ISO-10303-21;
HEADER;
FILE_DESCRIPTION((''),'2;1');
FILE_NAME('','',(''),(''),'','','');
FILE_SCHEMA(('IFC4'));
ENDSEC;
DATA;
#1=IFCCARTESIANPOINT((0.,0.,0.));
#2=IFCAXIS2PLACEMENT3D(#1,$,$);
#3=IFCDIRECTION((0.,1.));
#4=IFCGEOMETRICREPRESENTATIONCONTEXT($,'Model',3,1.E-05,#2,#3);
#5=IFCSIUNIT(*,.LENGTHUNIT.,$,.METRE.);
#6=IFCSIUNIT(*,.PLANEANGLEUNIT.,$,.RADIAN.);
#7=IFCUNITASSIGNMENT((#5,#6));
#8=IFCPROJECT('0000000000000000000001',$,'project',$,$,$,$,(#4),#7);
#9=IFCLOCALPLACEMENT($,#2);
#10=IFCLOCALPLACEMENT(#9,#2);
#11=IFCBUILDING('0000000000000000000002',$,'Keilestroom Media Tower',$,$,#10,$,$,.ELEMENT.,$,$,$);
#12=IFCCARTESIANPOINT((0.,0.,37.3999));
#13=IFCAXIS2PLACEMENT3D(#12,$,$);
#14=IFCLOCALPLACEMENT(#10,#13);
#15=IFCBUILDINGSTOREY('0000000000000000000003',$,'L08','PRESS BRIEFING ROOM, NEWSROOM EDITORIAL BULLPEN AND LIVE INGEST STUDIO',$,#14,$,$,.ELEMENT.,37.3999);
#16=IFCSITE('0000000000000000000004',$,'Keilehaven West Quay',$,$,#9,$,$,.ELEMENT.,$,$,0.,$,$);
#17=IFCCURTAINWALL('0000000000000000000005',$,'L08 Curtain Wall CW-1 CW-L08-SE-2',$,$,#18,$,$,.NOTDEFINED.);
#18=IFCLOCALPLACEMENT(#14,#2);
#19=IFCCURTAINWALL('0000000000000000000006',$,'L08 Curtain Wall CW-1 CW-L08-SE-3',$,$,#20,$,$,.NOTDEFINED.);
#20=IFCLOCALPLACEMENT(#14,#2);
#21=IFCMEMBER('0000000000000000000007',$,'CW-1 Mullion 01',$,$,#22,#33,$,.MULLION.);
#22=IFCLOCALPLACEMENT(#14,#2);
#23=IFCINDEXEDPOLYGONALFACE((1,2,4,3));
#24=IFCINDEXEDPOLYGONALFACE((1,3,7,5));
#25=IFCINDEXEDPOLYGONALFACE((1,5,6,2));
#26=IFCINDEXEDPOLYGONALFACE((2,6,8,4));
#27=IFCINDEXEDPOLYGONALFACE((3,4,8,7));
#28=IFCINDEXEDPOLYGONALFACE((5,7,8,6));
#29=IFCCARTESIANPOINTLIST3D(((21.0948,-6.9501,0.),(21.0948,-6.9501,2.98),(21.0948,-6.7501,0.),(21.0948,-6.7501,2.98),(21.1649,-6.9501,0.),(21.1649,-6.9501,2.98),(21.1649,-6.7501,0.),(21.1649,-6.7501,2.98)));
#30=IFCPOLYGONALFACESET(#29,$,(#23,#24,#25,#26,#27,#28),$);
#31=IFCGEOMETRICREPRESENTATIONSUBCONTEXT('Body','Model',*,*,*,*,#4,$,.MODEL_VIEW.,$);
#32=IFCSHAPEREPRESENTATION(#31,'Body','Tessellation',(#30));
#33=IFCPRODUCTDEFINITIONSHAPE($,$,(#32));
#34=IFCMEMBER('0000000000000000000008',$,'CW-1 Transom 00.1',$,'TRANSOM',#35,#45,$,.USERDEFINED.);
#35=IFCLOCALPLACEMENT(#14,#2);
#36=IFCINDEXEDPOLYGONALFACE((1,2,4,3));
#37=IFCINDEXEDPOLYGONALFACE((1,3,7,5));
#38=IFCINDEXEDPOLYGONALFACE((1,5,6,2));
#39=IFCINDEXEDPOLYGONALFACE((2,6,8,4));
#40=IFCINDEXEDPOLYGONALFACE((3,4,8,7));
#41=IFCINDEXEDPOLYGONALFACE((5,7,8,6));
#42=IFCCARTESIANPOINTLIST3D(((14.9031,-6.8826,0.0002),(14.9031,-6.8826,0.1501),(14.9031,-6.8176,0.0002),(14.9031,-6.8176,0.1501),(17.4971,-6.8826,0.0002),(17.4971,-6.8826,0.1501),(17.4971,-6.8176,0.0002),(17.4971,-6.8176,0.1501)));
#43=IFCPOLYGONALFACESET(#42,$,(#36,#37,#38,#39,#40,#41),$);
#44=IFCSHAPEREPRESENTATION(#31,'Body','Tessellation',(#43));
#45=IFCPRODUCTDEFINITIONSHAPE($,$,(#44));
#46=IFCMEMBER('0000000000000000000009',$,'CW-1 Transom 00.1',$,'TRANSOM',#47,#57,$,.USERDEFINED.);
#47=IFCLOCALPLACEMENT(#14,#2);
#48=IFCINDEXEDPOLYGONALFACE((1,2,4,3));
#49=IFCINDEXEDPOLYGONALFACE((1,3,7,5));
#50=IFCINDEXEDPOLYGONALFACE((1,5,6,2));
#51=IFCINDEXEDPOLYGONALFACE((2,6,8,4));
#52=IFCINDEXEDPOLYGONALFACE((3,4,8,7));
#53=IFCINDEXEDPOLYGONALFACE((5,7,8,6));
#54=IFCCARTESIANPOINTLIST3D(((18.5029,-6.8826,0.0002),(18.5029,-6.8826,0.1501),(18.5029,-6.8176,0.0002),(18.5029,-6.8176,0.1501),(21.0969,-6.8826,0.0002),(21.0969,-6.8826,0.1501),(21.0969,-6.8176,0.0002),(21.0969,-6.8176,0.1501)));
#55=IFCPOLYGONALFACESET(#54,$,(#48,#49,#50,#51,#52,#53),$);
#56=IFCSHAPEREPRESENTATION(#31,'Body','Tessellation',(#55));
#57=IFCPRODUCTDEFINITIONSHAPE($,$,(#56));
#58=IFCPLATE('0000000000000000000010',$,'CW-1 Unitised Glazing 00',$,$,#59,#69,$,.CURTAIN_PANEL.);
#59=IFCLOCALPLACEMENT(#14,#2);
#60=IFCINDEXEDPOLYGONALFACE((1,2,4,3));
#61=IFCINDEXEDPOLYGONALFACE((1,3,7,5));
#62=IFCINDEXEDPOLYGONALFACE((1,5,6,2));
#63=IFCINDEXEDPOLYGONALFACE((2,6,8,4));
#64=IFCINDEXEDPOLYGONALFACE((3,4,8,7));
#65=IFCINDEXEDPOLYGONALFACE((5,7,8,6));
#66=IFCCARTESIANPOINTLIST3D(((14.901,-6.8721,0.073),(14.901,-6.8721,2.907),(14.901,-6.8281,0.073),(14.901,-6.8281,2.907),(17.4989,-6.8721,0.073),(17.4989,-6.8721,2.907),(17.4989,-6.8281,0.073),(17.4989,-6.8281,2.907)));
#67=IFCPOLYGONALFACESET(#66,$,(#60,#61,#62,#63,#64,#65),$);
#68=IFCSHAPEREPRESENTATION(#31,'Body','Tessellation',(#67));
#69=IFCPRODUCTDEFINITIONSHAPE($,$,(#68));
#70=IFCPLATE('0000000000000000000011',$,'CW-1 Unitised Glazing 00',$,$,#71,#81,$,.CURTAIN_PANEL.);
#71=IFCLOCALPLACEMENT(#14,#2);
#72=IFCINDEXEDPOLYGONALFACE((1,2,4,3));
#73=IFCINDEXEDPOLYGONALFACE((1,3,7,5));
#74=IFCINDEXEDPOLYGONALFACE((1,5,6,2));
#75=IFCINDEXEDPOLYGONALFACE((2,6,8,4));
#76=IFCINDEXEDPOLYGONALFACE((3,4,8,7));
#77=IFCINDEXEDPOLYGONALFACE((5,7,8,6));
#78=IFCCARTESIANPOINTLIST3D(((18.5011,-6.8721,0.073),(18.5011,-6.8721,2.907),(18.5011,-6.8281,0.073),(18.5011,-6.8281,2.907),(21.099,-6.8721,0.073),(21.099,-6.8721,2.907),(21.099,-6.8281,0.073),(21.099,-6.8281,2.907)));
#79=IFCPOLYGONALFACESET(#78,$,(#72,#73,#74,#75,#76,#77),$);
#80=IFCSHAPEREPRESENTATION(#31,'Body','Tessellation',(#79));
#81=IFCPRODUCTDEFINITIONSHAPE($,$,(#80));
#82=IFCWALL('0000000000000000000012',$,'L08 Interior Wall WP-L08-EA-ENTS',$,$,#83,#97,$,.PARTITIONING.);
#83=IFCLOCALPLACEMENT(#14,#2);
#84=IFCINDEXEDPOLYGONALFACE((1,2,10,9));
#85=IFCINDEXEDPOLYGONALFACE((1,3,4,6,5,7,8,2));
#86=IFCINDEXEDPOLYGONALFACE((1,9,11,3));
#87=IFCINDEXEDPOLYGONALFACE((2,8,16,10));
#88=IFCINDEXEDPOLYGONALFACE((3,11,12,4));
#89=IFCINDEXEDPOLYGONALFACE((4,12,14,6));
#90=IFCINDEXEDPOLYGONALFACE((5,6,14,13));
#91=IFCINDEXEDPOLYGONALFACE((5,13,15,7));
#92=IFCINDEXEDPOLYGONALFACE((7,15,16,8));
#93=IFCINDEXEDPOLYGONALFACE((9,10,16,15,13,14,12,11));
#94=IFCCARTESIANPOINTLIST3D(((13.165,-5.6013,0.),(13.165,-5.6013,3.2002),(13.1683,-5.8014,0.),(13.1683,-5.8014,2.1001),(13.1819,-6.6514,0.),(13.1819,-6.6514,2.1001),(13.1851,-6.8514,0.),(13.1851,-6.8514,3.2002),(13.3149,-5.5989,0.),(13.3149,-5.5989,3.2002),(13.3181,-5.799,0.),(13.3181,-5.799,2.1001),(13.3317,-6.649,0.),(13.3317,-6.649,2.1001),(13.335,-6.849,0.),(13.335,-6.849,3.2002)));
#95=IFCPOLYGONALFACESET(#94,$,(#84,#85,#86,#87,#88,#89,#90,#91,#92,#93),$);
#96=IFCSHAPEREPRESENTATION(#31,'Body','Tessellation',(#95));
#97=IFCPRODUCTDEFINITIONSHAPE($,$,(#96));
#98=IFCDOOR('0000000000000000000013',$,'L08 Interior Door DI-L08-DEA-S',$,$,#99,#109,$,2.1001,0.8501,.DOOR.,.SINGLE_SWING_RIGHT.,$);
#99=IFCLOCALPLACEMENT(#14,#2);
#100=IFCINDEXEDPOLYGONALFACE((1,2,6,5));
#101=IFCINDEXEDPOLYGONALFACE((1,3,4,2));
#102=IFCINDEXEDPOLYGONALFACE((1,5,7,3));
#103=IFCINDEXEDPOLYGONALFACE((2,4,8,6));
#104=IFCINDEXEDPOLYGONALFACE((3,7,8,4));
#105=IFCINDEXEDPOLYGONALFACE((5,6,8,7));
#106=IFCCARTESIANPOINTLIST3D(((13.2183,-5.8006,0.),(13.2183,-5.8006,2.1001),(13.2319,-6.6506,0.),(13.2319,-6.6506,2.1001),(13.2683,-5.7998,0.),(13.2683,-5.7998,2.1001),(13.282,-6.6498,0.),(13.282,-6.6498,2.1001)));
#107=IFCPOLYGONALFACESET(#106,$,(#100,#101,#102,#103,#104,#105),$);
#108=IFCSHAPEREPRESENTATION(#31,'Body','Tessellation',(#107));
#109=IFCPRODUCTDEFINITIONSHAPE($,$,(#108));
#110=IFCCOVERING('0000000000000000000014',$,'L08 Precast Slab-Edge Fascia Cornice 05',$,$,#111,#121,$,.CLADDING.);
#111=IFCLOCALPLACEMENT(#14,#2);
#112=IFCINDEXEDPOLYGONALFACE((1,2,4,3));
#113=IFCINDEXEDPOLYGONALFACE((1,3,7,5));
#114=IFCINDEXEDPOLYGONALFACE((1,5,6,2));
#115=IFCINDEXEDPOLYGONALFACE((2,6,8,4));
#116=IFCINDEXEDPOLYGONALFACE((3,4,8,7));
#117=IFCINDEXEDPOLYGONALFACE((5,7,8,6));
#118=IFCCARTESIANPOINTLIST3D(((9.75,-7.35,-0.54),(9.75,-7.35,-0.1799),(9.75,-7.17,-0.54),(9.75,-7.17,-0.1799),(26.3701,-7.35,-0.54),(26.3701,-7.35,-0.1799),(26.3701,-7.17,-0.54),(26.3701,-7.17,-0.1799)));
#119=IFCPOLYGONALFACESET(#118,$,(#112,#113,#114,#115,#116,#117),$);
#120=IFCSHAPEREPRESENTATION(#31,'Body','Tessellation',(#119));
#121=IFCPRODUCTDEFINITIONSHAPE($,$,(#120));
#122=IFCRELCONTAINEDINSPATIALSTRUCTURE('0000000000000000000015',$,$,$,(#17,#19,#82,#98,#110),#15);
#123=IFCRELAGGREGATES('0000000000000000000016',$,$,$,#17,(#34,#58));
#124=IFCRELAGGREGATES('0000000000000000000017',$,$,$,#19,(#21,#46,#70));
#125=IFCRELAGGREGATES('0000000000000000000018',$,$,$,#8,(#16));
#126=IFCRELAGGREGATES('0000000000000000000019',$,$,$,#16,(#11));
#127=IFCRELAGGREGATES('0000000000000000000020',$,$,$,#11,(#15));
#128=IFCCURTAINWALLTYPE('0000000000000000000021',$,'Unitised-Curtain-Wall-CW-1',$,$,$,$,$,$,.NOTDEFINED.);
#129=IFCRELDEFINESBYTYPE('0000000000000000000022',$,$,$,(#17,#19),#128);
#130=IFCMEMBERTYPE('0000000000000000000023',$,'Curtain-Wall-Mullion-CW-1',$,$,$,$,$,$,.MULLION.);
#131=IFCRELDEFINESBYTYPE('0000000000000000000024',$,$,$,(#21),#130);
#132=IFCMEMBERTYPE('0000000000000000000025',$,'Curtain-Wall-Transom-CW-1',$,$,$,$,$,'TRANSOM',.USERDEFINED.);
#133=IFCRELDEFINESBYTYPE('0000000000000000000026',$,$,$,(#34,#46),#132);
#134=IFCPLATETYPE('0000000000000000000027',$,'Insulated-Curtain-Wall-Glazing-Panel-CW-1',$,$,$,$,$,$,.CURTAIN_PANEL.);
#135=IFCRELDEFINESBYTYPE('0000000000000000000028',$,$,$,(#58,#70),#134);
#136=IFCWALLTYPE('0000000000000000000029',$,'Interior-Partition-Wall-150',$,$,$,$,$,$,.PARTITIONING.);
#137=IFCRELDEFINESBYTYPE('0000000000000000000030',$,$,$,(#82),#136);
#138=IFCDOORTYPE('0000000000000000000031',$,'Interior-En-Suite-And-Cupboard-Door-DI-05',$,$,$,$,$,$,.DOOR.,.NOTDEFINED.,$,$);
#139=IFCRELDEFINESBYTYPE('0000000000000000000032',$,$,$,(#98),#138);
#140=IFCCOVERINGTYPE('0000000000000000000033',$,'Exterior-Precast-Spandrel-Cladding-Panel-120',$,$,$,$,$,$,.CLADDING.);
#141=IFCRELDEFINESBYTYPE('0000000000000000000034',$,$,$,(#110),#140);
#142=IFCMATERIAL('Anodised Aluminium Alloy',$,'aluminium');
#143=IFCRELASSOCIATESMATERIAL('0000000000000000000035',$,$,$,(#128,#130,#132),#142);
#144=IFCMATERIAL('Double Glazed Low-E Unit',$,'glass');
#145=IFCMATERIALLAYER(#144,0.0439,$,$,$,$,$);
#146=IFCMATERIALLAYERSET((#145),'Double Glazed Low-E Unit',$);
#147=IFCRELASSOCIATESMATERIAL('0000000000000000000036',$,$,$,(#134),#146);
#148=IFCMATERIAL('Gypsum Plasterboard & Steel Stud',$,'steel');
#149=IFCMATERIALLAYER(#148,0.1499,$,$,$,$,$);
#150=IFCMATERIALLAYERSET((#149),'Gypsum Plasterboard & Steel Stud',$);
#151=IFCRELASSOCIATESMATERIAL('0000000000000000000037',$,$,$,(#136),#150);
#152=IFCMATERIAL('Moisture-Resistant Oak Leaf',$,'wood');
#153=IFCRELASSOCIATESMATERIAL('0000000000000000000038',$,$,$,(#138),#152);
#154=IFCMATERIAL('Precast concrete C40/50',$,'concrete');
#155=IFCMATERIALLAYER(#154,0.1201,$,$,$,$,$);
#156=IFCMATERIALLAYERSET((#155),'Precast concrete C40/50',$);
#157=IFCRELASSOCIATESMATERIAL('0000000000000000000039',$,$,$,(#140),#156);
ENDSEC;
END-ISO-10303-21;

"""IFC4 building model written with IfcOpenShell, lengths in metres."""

from ifc_helpers import new_model, si_unit, direction, frame, frame_2d, origin, origin_2d, place, context, subcontext, project, spatial, rectangle, extrude, source, transform, mapped, material, layer, layer_set, material_profile, profile_set, type_object, element, fill, aggregate, save


model = new_model("IFC4")

# Units and contexts
model_context = context("Model", 3, precision=1e-05, world=origin(), true_north=direction((0.0, 1.0)))
body_context = subcontext(model_context, "Body", "Model", "MODEL_VIEW")
ifc_project = project(units=[si_unit("LENGTHUNIT", "METRE"), si_unit("PLANEANGLEUNIT", "RADIAN")], contexts=[model_context])

# Site, building, storey
site_placement = place(None, origin())
site = spatial("IfcSite", under=ifc_project, at=site_placement, Name="Keilehaven West Quay", CompositionType="ELEMENT", RefElevation=0.0)
building_placement = place(site_placement, origin())
building = spatial("IfcBuilding", under=site, at=building_placement, Name="Keilestroom Media Tower", CompositionType="ELEMENT")
storey_placement = place(building_placement, frame((0.0, 0.0, 37.3999)))
storey = spatial("IfcBuildingStorey", under=building, at=storey_placement, Name="L08", Description="PRESS BRIEFING ROOM, NEWSROOM EDITORIAL BULLPEN AND LIVE INGEST STUDIO", CompositionType="ELEMENT", Elevation=37.3999)

# Shared definitions
ifc_material_1 = material(Name="Precast concrete C40/50", Category="concrete")

# Shared definitions
ifc_material_2 = material(Name="Anodised Aluminium Alloy", Category="aluminium")
curtain_wall_type = type_object("IfcCurtainWallType", Name="Unitised-Curtain-Wall-CW-1", PredefinedType="NOTDEFINED", material=ifc_material_2)
ifc_material_profile_1 = material_profile(ifc_material_2, rectangle(XDim=0.0701, YDim=0.2, at=origin_2d()), Name="ALU MULLION 70x200")
ifc_profile_set_1 = profile_set([ifc_material_profile_1], Name="Anodised Aluminium Alloy")
member_type_1 = type_object("IfcMemberType", Name="Curtain-Wall-Mullion-CW-1", PredefinedType="MULLION", material=ifc_profile_set_1)
shared_shape_1 = source(origin(), body_context, "Body", "SweptSolid", [
    extrude(rectangle(XDim=0.0701, YDim=0.2, at=origin_2d()), origin(), (0.0, 0.0, 1.0), 2.98),
])

# Curtain walls, member
curtain_wall_1_placement = place(storey_placement, origin())
curtain_wall_1 = element("IfcCurtainWall", 1, at=curtain_wall_1_placement, inside=storey, type_object=curtain_wall_type, Name="L08 Curtain Wall CW-1 CW-L08-SE-2", PredefinedType="NOTDEFINED")
curtain_wall_2_placement = place(storey_placement, origin())
curtain_wall_2 = element("IfcCurtainWall", 2, at=curtain_wall_2_placement, inside=storey, type_object=curtain_wall_type, Name="L08 Curtain Wall CW-1 CW-L08-SE-3", PredefinedType="NOTDEFINED")
member_1_placement = place(storey_placement, frame((21.1299, -6.8501, 0.0), z_axis=(0.0, 0.0, 1.0), x_axis=(1.0, 0.0, 0.0)))
member_1 = element("IfcMember", 3, at=member_1_placement, type_object=member_type_1, Name="CW-1 Mullion 01", PredefinedType="MULLION", context=body_context, shape_type="MappedRepresentation", body=[
    mapped(shared_shape_1, transform((0.0, 0.0, 0.0), x_axis=(1.0, 0.0, 0.0), y_axis=(0.0, 1.0, 0.0), z_axis=(0.0, 0.0, 1.0), scale=1.0)),
])

# Members
ifc_material_profile_2 = material_profile(ifc_material_2, rectangle(XDim=0.0649, YDim=0.1499, at=origin_2d()), Name="ALU TRANSOM 65x150")
ifc_profile_set_2 = profile_set([ifc_material_profile_2], Name="Anodised Aluminium Alloy")
member_type_2 = type_object("IfcMemberType", Name="Curtain-Wall-Transom-CW-1", ElementType="TRANSOM", PredefinedType="USERDEFINED", material=ifc_profile_set_2)
shared_shape_2 = source(origin(), body_context, "Body", "SweptSolid", [
    extrude(rectangle(XDim=0.0649, YDim=0.1499, at=origin_2d()), origin(), (0.0, 0.0, 1.0), 2.594),
])
member_2_placement = place(storey_placement, frame((14.9031, -6.8501, 0.0752), z_axis=(1.0, 0.0, 0.0), x_axis=(0.0, 1.0, 0.0)))
member_2 = element("IfcMember", 4, at=member_2_placement, type_object=member_type_2, Name="CW-1 Transom 00.1", ObjectType="TRANSOM", PredefinedType="USERDEFINED", context=body_context, shape_type="MappedRepresentation", body=[
    mapped(shared_shape_2, transform((0.0, 0.0, 0.0), x_axis=(1.0, 0.0, 0.0), y_axis=(0.0, 1.0, 0.0), z_axis=(0.0, 0.0, 1.0), scale=1.0)),
])
member_3_placement = place(storey_placement, frame((18.5029, -6.8501, 0.0752), z_axis=(1.0, 0.0, 0.0), x_axis=(0.0, 1.0, 0.0)))
member_3 = element("IfcMember", 5, at=member_3_placement, type_object=member_type_2, Name="CW-1 Transom 00.1", ObjectType="TRANSOM", PredefinedType="USERDEFINED", context=body_context, shape_type="MappedRepresentation", body=[
    mapped(shared_shape_2, transform((0.0, 0.0, 0.0), x_axis=(1.0, 0.0, 0.0), y_axis=(0.0, 1.0, 0.0), z_axis=(0.0, 0.0, 1.0), scale=1.0)),
])

# Plates
ifc_material_3 = material(Name="Double Glazed Low-E Unit", Category="glass")
ifc_layer_1 = layer(ifc_material_3, 0.0439)
ifc_layer_set_1 = layer_set([ifc_layer_1], Name="Double Glazed Low-E Unit")
plate_type = type_object("IfcPlateType", Name="Insulated-Curtain-Wall-Glazing-Panel-CW-1", PredefinedType="CURTAIN_PANEL", material=ifc_layer_set_1)
shared_shape_3 = source(origin(), body_context, "Body", "SweptSolid", [
    extrude(rectangle(XDim=2.5979, YDim=0.0439, at=origin_2d()), origin(), (0.0, 0.0, 1.0), 2.834),
])
plate_1_placement = place(storey_placement, frame((16.2, -6.8501, 0.073), z_axis=(0.0, 0.0, 1.0), x_axis=(1.0, 0.0, 0.0)))
plate_1 = element("IfcPlate", 6, at=plate_1_placement, type_object=plate_type, Name="CW-1 Unitised Glazing 00", PredefinedType="CURTAIN_PANEL", context=body_context, shape_type="MappedRepresentation", body=[
    mapped(shared_shape_3, transform((0.0, 0.0, 0.0), x_axis=(1.0, 0.0, 0.0), y_axis=(0.0, 1.0, 0.0), z_axis=(0.0, 0.0, 1.0), scale=1.0)),
])
aggregate(curtain_wall_1, [member_2, plate_1])
plate_2_placement = place(storey_placement, frame((19.8, -6.8501, 0.073), z_axis=(0.0, 0.0, 1.0), x_axis=(1.0, 0.0, 0.0)))
plate_2 = element("IfcPlate", 7, at=plate_2_placement, type_object=plate_type, Name="CW-1 Unitised Glazing 00", PredefinedType="CURTAIN_PANEL", context=body_context, shape_type="MappedRepresentation", body=[
    mapped(shared_shape_3, transform((0.0, 0.0, 0.0), x_axis=(1.0, 0.0, 0.0), y_axis=(0.0, 1.0, 0.0), z_axis=(0.0, 0.0, 1.0), scale=1.0)),
])
aggregate(curtain_wall_2, [member_1, member_3, plate_2])

# Wall, opening, door
ifc_material_4 = material(Name="Gypsum Plasterboard & Steel Stud", Category="steel")
ifc_layer_2 = layer(ifc_material_4, 0.1499)
ifc_layer_set_2 = layer_set([ifc_layer_2], Name="Gypsum Plasterboard & Steel Stud")
wall_type = type_object("IfcWallType", Name="Interior-Partition-Wall-150", PredefinedType="PARTITIONING", material=ifc_layer_set_2)
wall_placement = place(storey_placement, frame((13.26, -6.8501, 0.0), z_axis=(0.0, 0.0, 1.0), x_axis=(-0.016014, 0.999872, 0.0)))
wall = element("IfcWall", 8, at=wall_placement, inside=storey, type_object=wall_type, Name="L08 Interior Wall WP-L08-EA-ENTS", PredefinedType="PARTITIONING", context=body_context, shape_type="SweptSolid", body=[
    extrude(rectangle(XDim=1.2502, YDim=0.1499, at=frame_2d((0.625, 0.0))), origin(), (0.0, 0.0, 1.0), 3.2002),
])
opening_placement = place(wall_placement, frame((0.2, 0.0, 0.0)))
opening = element("IfcOpeningElement", 9, at=opening_placement, cuts=wall, PredefinedType="OPENING", context=body_context, shape_type="SweptSolid", body=[
    extrude(rectangle(XDim=0.8501, YDim=2.1001, at=frame_2d((0.425, 1.05))), frame((0.0, 0.085, 0.0), z_axis=(0.0, -1.0, 0.0), x_axis=(1.0, 0.0, 0.0)), (0.0, 0.0, 1.0), 0.1699),
])
ifc_material_5 = material(Name="Moisture-Resistant Oak Leaf", Category="wood")
door_type = type_object("IfcDoorType", Name="Interior-En-Suite-And-Cupboard-Door-DI-05", OperationType="NOTDEFINED", PredefinedType="DOOR", material=ifc_material_5)
shared_shape_4 = source(origin(), body_context, "Body", "SweptSolid", [
    extrude(rectangle(XDim=0.8501, YDim=2.1001, at=frame_2d((0.425, 1.05))), frame((0.0, 0.0249, 0.0), z_axis=(0.0, -1.0, 0.0), x_axis=(1.0, 0.0, 0.0)), (0.0, 0.0, 1.0), 0.05),
])
door_placement = place(opening_placement, origin())
door = element("IfcDoor", 10, at=door_placement, inside=storey, type_object=door_type, Name="L08 Interior Door DI-L08-DEA-S", OperationType="SINGLE_SWING_RIGHT", OverallHeight=2.1001, OverallWidth=0.8501, PredefinedType="DOOR", context=body_context, shape_type="MappedRepresentation", body=[
    mapped(shared_shape_4, transform((0.0, 0.0, 0.0), x_axis=(1.0, 0.0, 0.0), y_axis=(0.0, 1.0, 0.0), z_axis=(0.0, 0.0, 1.0), scale=1.0)),
])
fill(opening, door)

# Covering
ifc_layer_3 = layer(ifc_material_1, 0.1201)
ifc_layer_set_3 = layer_set([ifc_layer_3], Name="Precast concrete C40/50")
covering_type = type_object("IfcCoveringType", Name="Exterior-Precast-Spandrel-Cladding-Panel-120", PredefinedType="CLADDING", material=ifc_layer_set_3)
shared_shape_5 = source(origin(), body_context, "Body", "SweptSolid", [
    extrude(rectangle(XDim=16.6201, YDim=0.1799, at=origin_2d()), origin(), (0.0, 0.0, 1.0), 0.3601),
])
covering_placement = place(storey_placement, frame((18.0601, -7.26, -0.54), z_axis=(0.0, 0.0, 1.0), x_axis=(-1.0, 0.0, 0.0)))
element("IfcCovering", 11, at=covering_placement, inside=storey, type_object=covering_type, Name="L08 Precast Slab-Edge Fascia Cornice 05", PredefinedType="CLADDING", context=body_context, shape_type="MappedRepresentation", body=[
    mapped(shared_shape_5, transform((0.0, 0.0, 0.0), x_axis=(1.0, 0.0, 0.0), y_axis=(0.0, 1.0, 0.0), z_axis=(0.0, 0.0, 1.0), scale=1.0)),
])

save(model, "model.ifc")
